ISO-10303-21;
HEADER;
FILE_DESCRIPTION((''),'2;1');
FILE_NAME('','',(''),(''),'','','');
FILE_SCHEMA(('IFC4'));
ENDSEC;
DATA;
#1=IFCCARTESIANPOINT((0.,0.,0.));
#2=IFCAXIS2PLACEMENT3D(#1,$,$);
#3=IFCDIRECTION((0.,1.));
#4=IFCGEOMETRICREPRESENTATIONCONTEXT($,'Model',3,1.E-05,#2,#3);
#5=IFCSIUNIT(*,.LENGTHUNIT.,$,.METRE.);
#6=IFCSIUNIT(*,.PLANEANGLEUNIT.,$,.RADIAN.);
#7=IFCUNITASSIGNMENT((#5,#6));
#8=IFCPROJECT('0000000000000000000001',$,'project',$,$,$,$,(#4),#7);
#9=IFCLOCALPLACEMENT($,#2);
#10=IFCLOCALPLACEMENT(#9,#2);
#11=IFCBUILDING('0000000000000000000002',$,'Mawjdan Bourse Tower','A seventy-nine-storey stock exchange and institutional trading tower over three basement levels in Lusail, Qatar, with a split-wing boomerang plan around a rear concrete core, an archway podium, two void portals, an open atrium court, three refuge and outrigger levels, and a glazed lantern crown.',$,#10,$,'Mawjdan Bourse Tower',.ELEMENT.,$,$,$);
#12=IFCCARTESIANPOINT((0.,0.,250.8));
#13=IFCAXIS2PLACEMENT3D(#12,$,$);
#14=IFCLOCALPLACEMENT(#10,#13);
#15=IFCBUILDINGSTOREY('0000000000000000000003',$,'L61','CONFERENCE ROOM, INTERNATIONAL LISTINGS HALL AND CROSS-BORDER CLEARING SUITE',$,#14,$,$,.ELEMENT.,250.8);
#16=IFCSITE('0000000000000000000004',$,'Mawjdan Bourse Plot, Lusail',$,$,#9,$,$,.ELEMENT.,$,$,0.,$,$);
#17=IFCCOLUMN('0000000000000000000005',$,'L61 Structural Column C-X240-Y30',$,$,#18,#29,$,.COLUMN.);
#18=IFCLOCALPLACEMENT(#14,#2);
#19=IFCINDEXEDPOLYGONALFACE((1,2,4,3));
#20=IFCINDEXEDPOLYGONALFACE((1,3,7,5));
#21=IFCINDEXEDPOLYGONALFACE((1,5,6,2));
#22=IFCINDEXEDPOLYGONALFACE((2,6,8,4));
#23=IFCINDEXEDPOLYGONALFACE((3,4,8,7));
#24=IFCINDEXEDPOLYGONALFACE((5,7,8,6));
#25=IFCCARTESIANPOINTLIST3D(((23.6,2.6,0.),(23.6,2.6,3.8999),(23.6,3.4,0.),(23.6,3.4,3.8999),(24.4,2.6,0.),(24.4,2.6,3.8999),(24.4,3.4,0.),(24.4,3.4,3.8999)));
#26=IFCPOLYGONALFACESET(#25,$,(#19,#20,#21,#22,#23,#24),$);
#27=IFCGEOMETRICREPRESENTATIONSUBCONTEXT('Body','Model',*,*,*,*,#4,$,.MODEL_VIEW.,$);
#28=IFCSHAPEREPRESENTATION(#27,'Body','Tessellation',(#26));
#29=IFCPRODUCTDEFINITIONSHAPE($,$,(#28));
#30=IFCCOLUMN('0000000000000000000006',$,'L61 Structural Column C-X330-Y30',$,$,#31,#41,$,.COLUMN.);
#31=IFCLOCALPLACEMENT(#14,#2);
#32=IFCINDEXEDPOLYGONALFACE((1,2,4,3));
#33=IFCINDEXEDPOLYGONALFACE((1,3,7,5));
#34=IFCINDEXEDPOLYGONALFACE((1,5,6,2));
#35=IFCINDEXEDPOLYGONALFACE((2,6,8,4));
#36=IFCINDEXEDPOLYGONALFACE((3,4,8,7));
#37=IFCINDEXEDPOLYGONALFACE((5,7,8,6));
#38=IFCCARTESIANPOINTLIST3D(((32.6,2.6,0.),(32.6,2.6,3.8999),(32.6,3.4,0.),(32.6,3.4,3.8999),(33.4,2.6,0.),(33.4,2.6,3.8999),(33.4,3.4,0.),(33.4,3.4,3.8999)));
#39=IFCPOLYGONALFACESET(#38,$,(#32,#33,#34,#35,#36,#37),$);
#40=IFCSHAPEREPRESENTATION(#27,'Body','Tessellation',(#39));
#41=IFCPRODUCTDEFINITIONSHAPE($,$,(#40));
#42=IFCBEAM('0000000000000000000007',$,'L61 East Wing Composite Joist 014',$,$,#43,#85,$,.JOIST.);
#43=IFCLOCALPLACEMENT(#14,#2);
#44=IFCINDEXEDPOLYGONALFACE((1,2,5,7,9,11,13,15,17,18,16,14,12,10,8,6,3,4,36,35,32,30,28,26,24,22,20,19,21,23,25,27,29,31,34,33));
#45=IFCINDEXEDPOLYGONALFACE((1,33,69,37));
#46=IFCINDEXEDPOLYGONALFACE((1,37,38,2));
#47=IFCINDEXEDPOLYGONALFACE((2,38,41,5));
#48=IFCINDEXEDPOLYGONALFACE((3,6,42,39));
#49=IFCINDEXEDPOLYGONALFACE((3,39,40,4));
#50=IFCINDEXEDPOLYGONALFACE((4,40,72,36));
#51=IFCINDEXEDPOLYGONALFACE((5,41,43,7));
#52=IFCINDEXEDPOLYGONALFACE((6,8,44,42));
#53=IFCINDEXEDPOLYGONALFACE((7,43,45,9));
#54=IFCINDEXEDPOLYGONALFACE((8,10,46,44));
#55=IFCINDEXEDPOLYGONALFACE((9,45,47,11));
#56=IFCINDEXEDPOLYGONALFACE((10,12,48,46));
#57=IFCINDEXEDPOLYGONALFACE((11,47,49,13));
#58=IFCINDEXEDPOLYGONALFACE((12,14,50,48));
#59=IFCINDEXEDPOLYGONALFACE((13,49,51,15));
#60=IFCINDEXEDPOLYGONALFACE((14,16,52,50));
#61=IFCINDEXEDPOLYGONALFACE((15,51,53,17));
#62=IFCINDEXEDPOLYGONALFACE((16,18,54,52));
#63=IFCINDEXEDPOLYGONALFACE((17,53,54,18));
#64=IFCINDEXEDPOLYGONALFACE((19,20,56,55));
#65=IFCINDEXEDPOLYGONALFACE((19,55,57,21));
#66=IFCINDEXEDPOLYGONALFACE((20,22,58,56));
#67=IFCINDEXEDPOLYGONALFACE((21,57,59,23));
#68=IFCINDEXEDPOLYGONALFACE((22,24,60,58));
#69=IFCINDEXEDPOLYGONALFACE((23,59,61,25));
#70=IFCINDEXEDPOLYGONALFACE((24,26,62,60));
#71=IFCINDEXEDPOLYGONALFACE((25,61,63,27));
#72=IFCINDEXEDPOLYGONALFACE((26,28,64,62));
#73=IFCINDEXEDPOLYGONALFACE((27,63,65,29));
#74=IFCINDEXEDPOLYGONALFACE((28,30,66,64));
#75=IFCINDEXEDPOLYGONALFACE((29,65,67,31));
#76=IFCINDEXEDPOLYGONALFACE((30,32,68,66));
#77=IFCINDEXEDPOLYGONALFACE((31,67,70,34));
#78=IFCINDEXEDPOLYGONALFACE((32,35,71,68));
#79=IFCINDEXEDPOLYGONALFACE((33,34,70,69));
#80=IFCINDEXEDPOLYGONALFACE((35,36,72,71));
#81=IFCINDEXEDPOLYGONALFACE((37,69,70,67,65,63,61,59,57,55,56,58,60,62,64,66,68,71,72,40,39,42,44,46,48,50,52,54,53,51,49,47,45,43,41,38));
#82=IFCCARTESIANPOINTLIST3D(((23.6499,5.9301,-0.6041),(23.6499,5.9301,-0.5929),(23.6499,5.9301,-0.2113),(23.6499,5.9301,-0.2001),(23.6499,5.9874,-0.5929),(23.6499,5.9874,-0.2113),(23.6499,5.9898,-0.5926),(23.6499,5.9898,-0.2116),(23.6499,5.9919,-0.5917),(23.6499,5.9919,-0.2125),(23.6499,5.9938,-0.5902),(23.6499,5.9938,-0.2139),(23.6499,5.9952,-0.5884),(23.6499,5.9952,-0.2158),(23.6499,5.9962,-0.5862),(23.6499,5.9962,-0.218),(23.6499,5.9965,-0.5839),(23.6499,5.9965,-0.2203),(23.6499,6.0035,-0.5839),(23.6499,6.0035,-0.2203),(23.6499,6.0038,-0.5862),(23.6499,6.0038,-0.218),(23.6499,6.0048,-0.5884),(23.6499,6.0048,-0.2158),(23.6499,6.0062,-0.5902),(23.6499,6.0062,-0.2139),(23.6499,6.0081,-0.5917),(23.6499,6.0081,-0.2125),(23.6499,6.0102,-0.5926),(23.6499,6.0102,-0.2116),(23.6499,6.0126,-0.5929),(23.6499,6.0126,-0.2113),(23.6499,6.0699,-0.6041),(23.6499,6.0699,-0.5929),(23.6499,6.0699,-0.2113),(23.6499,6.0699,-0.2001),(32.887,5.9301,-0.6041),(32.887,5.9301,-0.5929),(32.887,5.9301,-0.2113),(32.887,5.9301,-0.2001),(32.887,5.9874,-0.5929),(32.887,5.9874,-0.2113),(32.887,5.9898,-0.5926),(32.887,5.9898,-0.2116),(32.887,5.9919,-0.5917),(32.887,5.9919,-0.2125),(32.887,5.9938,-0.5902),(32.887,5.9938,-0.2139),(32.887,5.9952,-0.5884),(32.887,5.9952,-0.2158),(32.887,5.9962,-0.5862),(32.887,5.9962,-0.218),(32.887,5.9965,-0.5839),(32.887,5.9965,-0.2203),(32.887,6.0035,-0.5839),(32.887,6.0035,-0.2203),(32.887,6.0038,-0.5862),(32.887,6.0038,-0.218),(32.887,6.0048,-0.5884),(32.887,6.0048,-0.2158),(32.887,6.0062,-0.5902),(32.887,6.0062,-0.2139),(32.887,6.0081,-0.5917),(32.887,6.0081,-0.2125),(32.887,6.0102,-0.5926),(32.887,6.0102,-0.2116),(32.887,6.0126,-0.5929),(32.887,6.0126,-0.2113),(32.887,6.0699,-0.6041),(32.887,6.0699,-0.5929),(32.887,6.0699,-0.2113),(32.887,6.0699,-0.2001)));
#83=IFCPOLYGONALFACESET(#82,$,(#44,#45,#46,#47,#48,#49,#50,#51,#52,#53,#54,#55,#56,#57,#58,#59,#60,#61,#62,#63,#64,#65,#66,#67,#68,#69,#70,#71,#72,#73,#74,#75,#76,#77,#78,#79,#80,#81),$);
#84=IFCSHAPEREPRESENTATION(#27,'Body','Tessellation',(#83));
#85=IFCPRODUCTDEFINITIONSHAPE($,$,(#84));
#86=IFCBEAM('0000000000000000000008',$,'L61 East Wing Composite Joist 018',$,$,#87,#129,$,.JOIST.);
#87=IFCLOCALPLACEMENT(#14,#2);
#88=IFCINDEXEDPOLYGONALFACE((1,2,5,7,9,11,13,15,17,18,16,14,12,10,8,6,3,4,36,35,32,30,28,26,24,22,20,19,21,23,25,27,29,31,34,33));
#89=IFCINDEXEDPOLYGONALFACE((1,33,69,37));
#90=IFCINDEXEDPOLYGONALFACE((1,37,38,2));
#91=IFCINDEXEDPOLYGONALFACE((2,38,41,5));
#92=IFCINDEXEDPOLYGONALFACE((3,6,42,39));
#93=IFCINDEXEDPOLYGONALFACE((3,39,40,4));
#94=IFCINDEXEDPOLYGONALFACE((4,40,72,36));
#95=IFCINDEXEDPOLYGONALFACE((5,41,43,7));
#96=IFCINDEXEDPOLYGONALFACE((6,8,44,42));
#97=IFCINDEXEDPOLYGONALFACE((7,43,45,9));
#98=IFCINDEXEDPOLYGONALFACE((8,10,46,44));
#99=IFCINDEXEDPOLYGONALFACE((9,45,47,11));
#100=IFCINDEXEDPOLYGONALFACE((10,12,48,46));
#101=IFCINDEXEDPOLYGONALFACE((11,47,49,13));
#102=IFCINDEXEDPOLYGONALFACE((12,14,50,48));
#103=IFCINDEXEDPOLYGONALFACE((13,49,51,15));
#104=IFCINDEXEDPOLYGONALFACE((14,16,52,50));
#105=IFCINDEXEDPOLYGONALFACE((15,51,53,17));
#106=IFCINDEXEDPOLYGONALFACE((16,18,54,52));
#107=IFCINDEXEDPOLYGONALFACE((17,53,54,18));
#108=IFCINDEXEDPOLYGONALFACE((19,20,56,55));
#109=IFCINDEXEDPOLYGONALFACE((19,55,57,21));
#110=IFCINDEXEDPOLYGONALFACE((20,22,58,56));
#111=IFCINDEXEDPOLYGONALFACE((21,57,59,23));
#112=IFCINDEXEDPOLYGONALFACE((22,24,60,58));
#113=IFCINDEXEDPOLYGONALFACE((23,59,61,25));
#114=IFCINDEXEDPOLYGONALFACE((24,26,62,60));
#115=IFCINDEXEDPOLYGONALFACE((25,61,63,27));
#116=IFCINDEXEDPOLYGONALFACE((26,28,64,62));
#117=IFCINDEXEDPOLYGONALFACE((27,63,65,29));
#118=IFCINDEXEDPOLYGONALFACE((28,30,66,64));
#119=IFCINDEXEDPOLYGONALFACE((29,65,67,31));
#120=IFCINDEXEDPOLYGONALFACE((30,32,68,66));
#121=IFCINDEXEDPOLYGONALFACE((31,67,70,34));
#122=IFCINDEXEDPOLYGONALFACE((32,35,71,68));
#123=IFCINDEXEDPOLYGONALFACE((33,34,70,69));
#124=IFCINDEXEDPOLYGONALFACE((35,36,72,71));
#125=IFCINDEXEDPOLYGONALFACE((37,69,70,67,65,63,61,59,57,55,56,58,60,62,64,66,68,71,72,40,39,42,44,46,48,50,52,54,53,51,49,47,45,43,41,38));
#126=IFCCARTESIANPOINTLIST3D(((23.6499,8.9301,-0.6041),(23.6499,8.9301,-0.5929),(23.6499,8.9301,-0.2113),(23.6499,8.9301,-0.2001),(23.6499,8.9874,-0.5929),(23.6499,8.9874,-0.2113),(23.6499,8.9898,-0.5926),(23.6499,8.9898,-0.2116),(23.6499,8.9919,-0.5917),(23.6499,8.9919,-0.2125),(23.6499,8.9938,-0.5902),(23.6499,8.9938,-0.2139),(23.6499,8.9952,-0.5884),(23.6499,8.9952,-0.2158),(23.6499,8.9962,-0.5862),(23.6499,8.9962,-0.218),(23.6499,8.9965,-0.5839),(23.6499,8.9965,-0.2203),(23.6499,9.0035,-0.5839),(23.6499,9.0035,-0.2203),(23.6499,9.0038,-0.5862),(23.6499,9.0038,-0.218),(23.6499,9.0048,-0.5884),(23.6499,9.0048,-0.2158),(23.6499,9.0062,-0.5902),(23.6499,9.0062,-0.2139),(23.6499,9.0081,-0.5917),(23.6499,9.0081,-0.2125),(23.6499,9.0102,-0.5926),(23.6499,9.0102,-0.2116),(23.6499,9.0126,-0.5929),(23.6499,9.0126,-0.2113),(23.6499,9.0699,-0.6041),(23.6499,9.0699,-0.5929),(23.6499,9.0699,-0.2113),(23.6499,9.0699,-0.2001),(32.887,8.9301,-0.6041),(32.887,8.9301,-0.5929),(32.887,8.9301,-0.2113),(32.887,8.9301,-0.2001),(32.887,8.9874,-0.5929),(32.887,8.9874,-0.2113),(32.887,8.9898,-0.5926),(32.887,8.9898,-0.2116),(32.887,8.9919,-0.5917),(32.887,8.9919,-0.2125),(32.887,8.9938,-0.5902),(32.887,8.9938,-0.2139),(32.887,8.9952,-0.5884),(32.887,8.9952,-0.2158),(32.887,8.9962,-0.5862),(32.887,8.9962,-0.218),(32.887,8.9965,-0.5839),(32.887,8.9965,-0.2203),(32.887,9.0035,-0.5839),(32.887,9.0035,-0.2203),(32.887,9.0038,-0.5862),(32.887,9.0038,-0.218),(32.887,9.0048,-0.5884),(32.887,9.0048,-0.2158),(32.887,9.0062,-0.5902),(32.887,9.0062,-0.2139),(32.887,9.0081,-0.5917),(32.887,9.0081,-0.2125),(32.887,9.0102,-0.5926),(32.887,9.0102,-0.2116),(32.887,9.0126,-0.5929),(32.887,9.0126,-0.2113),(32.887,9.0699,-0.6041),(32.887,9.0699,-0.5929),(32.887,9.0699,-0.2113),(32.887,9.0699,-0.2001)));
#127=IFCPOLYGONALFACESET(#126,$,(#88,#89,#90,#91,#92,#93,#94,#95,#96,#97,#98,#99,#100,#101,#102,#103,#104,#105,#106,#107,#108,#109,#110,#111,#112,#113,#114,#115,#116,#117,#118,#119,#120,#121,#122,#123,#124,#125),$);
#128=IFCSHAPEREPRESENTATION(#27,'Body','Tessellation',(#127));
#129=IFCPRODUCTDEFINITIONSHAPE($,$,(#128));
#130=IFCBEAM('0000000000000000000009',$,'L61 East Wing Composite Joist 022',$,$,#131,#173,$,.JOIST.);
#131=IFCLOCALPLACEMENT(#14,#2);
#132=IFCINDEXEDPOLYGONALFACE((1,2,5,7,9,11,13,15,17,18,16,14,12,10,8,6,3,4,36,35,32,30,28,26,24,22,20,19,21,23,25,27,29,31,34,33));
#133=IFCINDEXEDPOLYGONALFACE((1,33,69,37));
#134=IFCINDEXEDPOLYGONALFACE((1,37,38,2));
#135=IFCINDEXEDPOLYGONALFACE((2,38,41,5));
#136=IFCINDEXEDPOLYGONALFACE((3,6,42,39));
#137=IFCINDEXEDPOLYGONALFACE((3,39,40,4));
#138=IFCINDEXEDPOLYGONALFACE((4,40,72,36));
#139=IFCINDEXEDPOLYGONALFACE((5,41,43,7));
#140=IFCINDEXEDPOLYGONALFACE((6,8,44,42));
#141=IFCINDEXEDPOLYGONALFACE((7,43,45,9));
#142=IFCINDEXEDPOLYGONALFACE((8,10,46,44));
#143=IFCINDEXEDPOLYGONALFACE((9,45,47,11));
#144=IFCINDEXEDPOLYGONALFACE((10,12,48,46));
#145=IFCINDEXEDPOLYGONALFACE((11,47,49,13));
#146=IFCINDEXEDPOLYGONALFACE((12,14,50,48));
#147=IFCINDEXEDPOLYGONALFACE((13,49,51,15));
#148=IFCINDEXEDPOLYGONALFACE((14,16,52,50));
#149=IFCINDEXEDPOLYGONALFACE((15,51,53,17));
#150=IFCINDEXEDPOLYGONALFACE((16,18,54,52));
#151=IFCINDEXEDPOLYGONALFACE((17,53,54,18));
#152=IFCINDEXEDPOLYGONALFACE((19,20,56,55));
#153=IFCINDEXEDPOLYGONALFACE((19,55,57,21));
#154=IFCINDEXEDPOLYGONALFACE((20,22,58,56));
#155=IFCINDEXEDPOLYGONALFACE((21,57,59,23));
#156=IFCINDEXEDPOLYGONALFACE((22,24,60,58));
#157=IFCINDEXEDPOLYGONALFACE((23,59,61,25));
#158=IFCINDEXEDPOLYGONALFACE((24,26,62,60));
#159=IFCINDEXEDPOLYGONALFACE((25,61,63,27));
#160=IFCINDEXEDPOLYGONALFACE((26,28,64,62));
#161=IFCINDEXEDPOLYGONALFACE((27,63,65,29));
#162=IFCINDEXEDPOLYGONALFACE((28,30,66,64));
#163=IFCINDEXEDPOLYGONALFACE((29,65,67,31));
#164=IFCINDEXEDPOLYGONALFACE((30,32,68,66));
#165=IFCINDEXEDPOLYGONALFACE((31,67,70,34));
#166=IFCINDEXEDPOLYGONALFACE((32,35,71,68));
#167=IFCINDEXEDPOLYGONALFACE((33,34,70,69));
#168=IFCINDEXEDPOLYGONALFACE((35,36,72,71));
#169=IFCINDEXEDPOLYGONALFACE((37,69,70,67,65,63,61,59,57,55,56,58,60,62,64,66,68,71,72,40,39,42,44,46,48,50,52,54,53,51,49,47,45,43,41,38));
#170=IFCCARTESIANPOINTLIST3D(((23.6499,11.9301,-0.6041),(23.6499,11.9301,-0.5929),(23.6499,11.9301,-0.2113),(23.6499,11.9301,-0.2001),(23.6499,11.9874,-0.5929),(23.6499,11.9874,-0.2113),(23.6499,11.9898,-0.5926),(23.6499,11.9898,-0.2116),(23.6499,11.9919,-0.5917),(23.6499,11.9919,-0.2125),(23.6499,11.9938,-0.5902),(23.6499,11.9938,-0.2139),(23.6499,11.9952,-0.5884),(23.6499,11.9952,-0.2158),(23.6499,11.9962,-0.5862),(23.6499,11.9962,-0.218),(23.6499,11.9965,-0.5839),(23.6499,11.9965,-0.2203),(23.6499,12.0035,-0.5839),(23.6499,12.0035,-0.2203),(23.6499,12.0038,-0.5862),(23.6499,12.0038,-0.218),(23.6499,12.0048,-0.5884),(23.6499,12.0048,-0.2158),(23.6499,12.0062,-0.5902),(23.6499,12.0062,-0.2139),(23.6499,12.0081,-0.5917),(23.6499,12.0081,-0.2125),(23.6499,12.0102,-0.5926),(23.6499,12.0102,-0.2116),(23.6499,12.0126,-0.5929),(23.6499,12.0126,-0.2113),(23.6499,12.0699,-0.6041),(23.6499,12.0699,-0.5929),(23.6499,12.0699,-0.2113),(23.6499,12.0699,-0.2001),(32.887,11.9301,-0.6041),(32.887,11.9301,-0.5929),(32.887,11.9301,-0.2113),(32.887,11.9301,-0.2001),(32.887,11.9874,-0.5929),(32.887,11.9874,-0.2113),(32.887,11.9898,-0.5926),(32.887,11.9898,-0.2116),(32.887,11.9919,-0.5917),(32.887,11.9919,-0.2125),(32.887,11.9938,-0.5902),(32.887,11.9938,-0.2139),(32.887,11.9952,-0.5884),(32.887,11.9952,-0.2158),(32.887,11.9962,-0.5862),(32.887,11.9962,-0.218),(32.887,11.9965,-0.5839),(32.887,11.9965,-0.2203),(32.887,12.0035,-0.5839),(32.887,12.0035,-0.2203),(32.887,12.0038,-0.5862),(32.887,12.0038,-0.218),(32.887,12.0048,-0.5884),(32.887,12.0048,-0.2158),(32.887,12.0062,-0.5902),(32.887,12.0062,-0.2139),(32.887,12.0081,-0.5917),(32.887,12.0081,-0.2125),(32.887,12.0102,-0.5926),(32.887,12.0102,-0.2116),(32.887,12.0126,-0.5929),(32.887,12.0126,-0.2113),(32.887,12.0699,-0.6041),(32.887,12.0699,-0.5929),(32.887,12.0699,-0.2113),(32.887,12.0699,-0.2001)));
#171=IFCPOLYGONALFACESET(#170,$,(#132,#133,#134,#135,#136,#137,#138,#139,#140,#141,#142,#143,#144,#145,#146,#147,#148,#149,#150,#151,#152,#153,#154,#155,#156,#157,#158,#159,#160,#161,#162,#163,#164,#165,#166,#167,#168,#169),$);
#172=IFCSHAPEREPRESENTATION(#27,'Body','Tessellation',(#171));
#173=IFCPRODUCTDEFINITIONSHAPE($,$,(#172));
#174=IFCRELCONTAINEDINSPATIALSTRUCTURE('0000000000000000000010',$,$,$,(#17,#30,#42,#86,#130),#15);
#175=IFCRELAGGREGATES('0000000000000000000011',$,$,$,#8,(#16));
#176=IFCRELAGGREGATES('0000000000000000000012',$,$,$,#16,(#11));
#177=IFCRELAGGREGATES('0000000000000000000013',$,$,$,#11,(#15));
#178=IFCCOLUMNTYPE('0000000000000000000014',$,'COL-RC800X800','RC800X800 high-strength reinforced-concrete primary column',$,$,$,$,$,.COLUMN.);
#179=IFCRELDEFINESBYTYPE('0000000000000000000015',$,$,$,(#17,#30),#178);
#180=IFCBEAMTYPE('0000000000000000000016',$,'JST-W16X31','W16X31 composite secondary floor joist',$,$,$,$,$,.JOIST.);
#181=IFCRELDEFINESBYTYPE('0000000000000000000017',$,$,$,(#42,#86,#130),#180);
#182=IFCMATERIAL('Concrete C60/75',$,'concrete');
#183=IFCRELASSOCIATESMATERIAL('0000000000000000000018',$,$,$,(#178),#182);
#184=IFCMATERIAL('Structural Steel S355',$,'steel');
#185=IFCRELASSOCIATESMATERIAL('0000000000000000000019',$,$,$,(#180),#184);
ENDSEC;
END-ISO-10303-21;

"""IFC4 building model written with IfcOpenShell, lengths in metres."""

from ifc_helpers import new_model, si_unit, direction, frame, origin, origin_2d, place, context, subcontext, project, spatial, rectangle, i_section, extrude, material, material_profile, profile_set, type_object, element, save


model = new_model("IFC4")

# Units and contexts
model_context = context("Model", 3, precision=1e-05, world=origin(), true_north=direction((0.0, 1.0)))
body_context = subcontext(model_context, "Body", "Model", "MODEL_VIEW")
ifc_project = project(units=[si_unit("LENGTHUNIT", "METRE"), si_unit("PLANEANGLEUNIT", "RADIAN")], contexts=[model_context])

# Site, building, storey
site_placement = place(None, origin())
site = spatial("IfcSite", under=ifc_project, at=site_placement, Name="Mawjdan Bourse Plot, Lusail", CompositionType="ELEMENT", RefElevation=0.0)
building_placement = place(site_placement, origin())
building = spatial("IfcBuilding", under=site, at=building_placement, Name="Mawjdan Bourse Tower", Description="A seventy-nine-storey stock exchange and institutional trading tower over three basement levels in Lusail, Qatar, with a split-wing boomerang plan around a rear concrete core, an archway podium, two void portals, an open atrium court, three refuge and outrigger levels, and a glazed lantern crown.", LongName="Mawjdan Bourse Tower", CompositionType="ELEMENT")
storey_placement = place(building_placement, frame((0.0, 0.0, 250.8)))
storey = spatial("IfcBuildingStorey", under=building, at=storey_placement, Name="L61", Description="CONFERENCE ROOM, INTERNATIONAL LISTINGS HALL AND CROSS-BORDER CLEARING SUITE", CompositionType="ELEMENT", Elevation=250.8)

# Columns
ifc_material_1 = material(Name="Concrete C60/75", Category="concrete")
ifc_material_profile_1 = material_profile(ifc_material_1, rectangle(XDim=0.8, YDim=0.8, at=origin_2d()), Name="RC800X800")
ifc_profile_set_1 = profile_set([ifc_material_profile_1], Name="Concrete C60/75")
column_type = type_object("IfcColumnType", Name="COL-RC800X800", Description="RC800X800 high-strength reinforced-concrete primary column", PredefinedType="COLUMN", material=ifc_profile_set_1)
for number, where, z_axis, x_axis, name in (
    (1, (24.0, 3.0, 0.0), (0.0, 0.0, 1.0), (1.0, 0.0, 0.0), "L61 Structural Column C-X240-Y30"),
    (2, (33.0, 3.0, 0.0), (0.0, 0.0, 1.0), (1.0, 0.0, 0.0), "L61 Structural Column C-X330-Y30"),
):
    element("IfcColumn", number, at=place(storey_placement, frame(where, z_axis=z_axis, x_axis=x_axis)), inside=storey, type_object=column_type, Name=name, PredefinedType="COLUMN", context=body_context, shape_type="SweptSolid", body=[
        extrude(rectangle(XDim=0.8, YDim=0.8, at=origin_2d()), origin(), (0.0, 0.0, 1.0), 3.8999),
    ])

# Beams
ifc_material_2 = material(Name="Structural Steel S355", Category="steel")
ifc_material_profile_2 = material_profile(ifc_material_2, i_section(OverallWidth=0.1399, OverallDepth=0.4041, WebThickness=0.0071, FlangeThickness=0.0112, FilletRadius=0.009, at=origin_2d()), Name="W16X31")
ifc_profile_set_2 = profile_set([ifc_material_profile_2], Name="Structural Steel S355")
beam_type_1 = type_object("IfcBeamType", Name="JST-W16X31", Description="W16X31 composite secondary floor joist", PredefinedType="JOIST", material=ifc_profile_set_2)
for number, where, z_axis, x_axis, name in (
    (3, (23.6499, 6.0, -0.4021), (1.0, 0.0, 0.0), (0.0, 1.0, 0.0), "L61 East Wing Composite Joist 014"),
    (4, (23.6499, 9.0, -0.4021), (1.0, 0.0, 0.0), (0.0, 1.0, 0.0), "L61 East Wing Composite Joist 018"),
    (5, (23.6499, 12.0, -0.4021), (1.0, 0.0, 0.0), (0.0, 1.0, 0.0), "L61 East Wing Composite Joist 022"),
):
    element("IfcBeam", number, at=place(storey_placement, frame(where, z_axis=z_axis, x_axis=x_axis)), inside=storey, type_object=beam_type_1, Name=name, PredefinedType="JOIST", context=body_context, shape_type="SweptSolid", body=[
        extrude(i_section(OverallWidth=0.1399, OverallDepth=0.4041, WebThickness=0.0071, FlangeThickness=0.0112, FilletRadius=0.009, at=origin_2d()), origin(), (0.0, 0.0, 1.0), 9.2371),
    ])

save(model, "model.ifc")
